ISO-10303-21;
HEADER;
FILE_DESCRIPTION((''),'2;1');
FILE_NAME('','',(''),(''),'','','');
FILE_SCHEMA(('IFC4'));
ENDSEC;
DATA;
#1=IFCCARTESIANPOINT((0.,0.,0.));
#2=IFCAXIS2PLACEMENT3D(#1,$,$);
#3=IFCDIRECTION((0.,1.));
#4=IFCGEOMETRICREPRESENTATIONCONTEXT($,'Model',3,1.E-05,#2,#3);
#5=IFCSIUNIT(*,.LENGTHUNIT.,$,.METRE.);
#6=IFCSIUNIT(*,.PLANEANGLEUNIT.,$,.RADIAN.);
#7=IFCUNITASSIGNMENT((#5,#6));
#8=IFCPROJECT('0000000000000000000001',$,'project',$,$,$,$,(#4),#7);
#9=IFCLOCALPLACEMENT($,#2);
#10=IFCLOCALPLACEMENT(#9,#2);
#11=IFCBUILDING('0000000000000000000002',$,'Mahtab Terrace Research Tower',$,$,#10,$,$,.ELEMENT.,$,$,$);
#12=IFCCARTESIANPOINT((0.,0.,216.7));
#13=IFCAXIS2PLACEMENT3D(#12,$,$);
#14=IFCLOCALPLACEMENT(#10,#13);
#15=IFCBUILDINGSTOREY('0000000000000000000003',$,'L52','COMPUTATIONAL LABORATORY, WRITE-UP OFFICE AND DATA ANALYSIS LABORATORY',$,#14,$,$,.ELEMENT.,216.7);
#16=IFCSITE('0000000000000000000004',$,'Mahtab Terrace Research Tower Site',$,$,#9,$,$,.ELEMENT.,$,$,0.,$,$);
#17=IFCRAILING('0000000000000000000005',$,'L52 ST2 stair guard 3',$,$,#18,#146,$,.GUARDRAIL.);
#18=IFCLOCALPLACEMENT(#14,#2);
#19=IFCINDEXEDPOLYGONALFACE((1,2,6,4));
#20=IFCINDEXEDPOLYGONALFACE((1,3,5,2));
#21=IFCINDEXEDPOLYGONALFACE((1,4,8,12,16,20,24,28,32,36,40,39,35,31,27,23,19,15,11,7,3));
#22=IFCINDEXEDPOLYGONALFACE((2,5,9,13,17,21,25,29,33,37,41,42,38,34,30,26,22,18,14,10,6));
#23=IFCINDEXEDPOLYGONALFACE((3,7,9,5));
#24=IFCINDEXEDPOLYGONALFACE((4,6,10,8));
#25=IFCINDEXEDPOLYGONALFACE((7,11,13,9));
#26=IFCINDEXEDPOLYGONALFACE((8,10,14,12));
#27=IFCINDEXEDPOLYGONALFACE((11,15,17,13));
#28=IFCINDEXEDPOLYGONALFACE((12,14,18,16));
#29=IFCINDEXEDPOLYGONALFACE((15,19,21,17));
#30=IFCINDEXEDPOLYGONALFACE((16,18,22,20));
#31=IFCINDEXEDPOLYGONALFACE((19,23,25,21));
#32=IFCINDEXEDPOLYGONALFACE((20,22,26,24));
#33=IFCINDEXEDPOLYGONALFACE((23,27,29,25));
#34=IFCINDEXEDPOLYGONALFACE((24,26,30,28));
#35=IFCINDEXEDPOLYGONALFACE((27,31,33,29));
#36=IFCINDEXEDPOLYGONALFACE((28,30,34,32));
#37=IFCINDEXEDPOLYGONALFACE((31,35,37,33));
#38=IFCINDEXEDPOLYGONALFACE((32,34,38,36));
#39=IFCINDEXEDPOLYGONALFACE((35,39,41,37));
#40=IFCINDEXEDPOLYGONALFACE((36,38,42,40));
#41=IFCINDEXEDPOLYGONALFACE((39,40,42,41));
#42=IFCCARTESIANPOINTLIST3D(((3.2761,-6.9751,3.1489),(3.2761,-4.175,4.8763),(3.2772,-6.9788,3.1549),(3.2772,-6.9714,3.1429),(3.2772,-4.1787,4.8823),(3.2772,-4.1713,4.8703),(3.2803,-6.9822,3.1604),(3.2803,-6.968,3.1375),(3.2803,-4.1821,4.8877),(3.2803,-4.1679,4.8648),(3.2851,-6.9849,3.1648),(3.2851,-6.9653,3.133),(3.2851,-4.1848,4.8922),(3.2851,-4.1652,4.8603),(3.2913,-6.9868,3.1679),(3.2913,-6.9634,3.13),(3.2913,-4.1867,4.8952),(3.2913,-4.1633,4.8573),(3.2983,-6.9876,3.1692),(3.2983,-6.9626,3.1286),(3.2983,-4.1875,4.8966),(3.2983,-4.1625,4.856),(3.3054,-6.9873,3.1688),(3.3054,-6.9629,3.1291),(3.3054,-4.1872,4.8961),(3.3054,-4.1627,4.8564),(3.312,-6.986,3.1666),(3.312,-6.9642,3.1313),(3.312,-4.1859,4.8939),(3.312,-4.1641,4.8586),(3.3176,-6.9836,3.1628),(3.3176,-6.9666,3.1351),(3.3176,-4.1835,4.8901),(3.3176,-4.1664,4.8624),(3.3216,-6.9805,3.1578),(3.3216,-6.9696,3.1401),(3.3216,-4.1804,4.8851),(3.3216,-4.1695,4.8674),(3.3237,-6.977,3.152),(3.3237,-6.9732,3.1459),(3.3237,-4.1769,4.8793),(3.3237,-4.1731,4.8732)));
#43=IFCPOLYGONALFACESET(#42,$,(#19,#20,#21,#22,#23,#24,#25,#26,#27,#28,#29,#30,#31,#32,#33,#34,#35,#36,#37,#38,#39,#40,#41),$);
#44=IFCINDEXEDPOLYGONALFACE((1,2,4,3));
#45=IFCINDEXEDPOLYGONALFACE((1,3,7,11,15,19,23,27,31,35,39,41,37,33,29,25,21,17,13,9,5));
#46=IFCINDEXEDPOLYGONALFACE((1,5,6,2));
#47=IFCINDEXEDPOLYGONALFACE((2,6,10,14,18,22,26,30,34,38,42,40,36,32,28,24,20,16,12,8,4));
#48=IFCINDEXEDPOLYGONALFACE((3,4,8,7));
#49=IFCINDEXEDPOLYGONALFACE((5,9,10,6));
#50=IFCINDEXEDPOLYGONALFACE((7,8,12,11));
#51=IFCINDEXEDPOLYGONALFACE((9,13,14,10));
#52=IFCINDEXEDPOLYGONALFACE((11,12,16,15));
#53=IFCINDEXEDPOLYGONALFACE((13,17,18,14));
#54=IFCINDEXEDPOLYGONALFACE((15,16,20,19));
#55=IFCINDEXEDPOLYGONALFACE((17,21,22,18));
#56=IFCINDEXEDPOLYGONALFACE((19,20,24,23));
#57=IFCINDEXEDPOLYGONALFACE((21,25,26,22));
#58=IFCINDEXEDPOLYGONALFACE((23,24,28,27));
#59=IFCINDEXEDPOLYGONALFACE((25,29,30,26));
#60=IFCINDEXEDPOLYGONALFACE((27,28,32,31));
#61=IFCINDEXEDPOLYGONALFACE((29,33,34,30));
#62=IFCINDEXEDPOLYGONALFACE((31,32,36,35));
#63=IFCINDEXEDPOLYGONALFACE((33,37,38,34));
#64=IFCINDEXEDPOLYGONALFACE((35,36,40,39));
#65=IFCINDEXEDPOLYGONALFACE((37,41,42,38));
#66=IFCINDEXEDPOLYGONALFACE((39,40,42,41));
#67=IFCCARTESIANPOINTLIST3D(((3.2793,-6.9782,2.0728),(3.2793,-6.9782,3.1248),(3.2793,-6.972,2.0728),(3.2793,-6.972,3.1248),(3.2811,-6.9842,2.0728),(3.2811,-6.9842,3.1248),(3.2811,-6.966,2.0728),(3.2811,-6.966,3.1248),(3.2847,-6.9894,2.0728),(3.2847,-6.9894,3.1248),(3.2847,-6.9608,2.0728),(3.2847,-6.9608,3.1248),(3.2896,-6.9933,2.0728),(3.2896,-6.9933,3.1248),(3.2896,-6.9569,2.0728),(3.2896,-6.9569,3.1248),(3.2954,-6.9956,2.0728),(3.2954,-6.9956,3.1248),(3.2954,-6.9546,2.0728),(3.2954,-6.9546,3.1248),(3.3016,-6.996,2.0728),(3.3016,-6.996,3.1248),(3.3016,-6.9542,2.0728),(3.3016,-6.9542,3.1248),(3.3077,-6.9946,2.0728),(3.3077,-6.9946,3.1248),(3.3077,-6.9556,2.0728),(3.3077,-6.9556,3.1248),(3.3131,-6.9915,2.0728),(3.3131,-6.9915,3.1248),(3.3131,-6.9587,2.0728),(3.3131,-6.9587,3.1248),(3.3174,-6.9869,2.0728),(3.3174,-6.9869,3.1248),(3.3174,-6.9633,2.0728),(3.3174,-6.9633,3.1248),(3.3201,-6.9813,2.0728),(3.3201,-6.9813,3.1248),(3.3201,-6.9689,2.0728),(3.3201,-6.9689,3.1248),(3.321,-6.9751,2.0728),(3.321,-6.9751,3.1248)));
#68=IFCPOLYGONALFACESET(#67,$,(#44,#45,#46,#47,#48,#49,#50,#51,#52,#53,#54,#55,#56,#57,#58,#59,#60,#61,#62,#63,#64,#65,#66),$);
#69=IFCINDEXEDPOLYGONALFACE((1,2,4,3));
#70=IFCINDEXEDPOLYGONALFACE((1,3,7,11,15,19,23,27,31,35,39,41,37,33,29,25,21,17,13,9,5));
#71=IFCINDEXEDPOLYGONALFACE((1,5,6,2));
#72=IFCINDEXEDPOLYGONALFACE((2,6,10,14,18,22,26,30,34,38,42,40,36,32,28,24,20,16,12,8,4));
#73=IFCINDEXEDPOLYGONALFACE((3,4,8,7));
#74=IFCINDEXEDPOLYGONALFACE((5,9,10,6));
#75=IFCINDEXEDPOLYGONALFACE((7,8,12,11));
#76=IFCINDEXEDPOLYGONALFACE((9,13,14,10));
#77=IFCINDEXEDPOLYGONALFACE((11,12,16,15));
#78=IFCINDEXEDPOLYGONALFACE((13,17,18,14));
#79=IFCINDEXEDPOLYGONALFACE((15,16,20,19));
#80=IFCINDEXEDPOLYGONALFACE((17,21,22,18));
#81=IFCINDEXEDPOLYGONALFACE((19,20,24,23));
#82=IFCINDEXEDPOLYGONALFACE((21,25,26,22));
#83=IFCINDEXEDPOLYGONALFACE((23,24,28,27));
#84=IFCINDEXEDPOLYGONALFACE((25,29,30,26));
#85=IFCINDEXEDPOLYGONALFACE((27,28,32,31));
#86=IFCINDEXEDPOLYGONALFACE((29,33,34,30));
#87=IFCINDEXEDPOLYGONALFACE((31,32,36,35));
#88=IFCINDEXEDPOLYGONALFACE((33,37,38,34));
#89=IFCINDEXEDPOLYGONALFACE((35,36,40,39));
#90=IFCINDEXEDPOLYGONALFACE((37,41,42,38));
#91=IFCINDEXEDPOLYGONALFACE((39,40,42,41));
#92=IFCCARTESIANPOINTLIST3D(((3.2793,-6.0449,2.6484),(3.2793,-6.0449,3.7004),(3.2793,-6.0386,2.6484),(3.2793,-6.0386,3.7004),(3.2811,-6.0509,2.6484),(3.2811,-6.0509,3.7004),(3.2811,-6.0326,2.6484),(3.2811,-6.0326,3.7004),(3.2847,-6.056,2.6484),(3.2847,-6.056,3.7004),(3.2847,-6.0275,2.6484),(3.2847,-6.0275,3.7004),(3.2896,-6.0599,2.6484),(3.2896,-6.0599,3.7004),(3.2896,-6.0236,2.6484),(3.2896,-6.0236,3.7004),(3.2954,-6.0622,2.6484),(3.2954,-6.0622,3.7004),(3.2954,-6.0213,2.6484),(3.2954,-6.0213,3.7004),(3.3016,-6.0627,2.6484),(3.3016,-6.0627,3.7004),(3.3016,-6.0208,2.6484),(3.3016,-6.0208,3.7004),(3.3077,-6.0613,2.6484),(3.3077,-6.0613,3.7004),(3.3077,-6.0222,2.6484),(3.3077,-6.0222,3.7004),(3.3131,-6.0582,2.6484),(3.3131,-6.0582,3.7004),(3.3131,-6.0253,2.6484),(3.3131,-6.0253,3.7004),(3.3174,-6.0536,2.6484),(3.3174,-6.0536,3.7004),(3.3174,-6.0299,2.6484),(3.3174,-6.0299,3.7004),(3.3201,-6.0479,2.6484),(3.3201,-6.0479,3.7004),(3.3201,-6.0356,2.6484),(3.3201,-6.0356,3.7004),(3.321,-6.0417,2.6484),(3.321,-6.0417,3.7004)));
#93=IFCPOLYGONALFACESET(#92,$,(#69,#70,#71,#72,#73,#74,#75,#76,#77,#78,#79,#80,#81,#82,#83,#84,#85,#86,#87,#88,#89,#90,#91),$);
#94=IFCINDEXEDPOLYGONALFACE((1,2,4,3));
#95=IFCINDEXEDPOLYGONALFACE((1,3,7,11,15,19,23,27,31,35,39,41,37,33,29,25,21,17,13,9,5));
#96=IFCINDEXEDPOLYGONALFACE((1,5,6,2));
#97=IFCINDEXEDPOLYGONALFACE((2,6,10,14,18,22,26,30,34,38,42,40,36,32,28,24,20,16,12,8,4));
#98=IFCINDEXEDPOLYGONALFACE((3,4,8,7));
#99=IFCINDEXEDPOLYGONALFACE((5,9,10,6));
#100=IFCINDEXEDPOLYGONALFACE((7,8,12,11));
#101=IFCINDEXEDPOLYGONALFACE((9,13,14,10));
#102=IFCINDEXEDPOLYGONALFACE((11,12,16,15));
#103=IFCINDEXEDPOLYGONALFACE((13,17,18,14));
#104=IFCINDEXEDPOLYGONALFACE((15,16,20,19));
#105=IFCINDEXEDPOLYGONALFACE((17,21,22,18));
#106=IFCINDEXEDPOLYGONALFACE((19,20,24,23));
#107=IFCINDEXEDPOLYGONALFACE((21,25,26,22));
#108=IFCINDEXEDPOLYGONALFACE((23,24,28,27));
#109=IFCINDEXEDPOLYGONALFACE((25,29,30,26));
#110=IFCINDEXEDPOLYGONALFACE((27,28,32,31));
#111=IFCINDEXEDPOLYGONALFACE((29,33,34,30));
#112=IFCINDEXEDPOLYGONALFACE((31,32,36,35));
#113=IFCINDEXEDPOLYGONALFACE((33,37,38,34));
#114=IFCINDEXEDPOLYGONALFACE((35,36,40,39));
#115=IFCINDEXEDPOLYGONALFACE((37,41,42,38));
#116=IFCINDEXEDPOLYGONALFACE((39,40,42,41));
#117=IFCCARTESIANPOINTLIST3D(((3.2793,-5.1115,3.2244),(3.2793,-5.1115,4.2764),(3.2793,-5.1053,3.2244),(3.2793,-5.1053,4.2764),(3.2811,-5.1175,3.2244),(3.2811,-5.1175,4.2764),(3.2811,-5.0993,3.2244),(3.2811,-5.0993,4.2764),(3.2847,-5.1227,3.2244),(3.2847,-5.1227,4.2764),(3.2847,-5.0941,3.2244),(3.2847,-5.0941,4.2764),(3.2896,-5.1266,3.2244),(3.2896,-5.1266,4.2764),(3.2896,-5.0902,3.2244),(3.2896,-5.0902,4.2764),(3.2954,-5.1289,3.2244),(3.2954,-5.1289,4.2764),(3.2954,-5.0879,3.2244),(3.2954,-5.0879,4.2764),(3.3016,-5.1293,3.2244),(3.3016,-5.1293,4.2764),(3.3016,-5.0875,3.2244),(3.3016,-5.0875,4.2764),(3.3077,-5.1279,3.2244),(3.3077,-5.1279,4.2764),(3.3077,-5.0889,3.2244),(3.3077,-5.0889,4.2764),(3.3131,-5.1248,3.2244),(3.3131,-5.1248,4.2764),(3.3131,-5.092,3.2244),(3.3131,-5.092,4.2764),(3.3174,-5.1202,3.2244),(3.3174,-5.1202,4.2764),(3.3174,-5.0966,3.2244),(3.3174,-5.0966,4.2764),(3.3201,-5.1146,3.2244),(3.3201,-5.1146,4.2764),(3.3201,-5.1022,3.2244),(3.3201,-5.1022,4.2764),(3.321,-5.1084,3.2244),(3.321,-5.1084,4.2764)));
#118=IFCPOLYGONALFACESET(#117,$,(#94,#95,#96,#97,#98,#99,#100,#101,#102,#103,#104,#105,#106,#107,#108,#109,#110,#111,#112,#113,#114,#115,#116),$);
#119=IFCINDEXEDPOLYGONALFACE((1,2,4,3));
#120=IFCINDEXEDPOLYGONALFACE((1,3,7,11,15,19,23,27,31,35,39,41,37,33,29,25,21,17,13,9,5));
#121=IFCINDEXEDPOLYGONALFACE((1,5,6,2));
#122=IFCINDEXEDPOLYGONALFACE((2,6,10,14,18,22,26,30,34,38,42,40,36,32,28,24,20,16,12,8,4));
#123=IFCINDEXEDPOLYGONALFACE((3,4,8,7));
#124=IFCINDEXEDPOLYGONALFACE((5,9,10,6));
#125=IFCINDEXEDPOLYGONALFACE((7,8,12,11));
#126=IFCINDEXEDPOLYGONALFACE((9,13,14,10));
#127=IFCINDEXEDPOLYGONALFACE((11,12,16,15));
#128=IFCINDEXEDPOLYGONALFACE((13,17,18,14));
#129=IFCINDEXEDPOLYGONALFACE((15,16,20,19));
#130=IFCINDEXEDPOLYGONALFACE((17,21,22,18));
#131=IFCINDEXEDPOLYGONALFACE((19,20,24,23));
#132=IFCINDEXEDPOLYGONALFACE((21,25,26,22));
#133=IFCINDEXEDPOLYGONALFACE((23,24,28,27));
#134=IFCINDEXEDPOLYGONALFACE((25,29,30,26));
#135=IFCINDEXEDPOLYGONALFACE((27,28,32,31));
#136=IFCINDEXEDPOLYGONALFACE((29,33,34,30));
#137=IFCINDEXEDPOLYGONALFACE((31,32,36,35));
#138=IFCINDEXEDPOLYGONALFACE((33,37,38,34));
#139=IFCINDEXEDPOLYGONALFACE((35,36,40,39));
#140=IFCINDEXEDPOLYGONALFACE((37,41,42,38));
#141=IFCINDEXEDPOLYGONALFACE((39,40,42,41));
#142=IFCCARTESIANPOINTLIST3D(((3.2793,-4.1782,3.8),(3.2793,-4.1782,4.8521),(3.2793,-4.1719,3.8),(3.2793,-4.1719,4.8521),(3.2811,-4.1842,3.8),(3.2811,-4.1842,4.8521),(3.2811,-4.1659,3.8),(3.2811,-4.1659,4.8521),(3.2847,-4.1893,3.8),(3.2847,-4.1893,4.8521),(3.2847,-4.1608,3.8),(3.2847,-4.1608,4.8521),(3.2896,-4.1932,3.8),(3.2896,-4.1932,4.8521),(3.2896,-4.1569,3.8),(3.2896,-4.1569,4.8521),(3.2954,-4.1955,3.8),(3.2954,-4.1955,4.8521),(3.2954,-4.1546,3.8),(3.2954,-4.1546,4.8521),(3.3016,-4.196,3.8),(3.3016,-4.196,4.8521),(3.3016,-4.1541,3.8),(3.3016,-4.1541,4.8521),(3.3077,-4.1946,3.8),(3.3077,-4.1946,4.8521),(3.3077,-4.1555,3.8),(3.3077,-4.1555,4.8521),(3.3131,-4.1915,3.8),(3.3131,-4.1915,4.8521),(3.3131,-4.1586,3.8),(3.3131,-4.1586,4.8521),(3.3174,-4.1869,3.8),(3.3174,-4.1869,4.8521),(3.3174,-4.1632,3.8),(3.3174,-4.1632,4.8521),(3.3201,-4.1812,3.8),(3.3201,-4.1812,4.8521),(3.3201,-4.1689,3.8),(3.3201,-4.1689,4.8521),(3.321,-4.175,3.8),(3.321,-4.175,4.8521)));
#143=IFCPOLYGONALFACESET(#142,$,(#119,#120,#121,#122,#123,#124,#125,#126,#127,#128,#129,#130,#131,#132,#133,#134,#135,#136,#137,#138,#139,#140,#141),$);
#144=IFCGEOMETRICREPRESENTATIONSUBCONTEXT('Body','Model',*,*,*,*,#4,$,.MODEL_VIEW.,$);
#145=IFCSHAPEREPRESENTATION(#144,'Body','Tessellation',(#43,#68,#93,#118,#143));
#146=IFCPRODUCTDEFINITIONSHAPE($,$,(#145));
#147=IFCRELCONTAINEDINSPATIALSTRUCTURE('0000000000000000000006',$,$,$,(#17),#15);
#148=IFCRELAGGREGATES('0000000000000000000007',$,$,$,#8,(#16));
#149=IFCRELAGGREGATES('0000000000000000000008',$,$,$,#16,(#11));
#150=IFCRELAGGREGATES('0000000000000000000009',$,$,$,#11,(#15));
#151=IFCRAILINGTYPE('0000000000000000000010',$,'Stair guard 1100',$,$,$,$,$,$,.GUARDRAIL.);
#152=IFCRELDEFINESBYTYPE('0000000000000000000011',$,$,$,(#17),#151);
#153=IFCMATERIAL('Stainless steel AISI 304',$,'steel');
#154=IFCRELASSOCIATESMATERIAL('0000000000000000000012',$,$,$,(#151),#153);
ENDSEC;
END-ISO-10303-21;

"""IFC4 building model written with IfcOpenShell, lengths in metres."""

from ifc_helpers import new_model, si_unit, direction, frame, origin, origin_2d, place, context, subcontext, project, spatial, circle, extrude, material, type_object, element, save


model = new_model("IFC4")

# Units and contexts
model_context = context("Model", 3, precision=1e-05, world=origin(), true_north=direction((0.0, 1.0)))
body_context = subcontext(model_context, "Body", "Model", "MODEL_VIEW")
ifc_project = project(units=[si_unit("LENGTHUNIT", "METRE"), si_unit("PLANEANGLEUNIT", "RADIAN")], contexts=[model_context])

# Site, building, storey
site_placement = place(None, origin())
site = spatial("IfcSite", under=ifc_project, at=site_placement, Name="Mahtab Terrace Research Tower Site", CompositionType="ELEMENT", RefElevation=0.0)
building_placement = place(site_placement, origin())
building = spatial("IfcBuilding", under=site, at=building_placement, Name="Mahtab Terrace Research Tower", CompositionType="ELEMENT")
storey_placement = place(building_placement, frame((0.0, 0.0, 216.7)))
storey = spatial("IfcBuildingStorey", under=building, at=storey_placement, Name="L52", Description="COMPUTATIONAL LABORATORY, WRITE-UP OFFICE AND DATA ANALYSIS LABORATORY", CompositionType="ELEMENT", Elevation=216.7)

# Railing
ifc_material_1 = material(Name="Stainless steel AISI 304", Category="steel")
railing_type_1 = type_object("IfcRailingType", Name="Stair guard 1100", PredefinedType="GUARDRAIL", material=ifc_material_1)
railing_1_placement = place(storey_placement, frame((3.3, -6.9751, 2.0728)))
element("IfcRailing", 1, at=railing_1_placement, inside=storey, type_object=railing_type_1, Name="L52 ST2 stair guard 3", PredefinedType="GUARDRAIL", context=body_context, shape_type="SweptSolid", body=[
    extrude(circle(Radius=0.0239, at=origin_2d()), frame((0.0, 0.0, 1.0762), z_axis=(0.0, 0.85109, 0.52502), x_axis=(-1.0, 0.0, 0.0)), (0.0, 0.0, 1.0), 3.29),
    extrude(circle(Radius=0.021, at=origin_2d()), origin(), (0.0, 0.0, 1.0), 1.052),
    extrude(circle(Radius=0.021, at=origin_2d()), frame((0.0, 0.9333, 0.5757)), (0.0, 0.0, 1.0), 1.052),
    extrude(circle(Radius=0.021, at=origin_2d()), frame((0.0, 1.8667, 1.1516)), (0.0, 0.0, 1.0), 1.052),
    extrude(circle(Radius=0.021, at=origin_2d()), frame((0.0, 2.8, 1.7273)), (0.0, 0.0, 1.0), 1.052),
])

save(model, "model.ifc")
